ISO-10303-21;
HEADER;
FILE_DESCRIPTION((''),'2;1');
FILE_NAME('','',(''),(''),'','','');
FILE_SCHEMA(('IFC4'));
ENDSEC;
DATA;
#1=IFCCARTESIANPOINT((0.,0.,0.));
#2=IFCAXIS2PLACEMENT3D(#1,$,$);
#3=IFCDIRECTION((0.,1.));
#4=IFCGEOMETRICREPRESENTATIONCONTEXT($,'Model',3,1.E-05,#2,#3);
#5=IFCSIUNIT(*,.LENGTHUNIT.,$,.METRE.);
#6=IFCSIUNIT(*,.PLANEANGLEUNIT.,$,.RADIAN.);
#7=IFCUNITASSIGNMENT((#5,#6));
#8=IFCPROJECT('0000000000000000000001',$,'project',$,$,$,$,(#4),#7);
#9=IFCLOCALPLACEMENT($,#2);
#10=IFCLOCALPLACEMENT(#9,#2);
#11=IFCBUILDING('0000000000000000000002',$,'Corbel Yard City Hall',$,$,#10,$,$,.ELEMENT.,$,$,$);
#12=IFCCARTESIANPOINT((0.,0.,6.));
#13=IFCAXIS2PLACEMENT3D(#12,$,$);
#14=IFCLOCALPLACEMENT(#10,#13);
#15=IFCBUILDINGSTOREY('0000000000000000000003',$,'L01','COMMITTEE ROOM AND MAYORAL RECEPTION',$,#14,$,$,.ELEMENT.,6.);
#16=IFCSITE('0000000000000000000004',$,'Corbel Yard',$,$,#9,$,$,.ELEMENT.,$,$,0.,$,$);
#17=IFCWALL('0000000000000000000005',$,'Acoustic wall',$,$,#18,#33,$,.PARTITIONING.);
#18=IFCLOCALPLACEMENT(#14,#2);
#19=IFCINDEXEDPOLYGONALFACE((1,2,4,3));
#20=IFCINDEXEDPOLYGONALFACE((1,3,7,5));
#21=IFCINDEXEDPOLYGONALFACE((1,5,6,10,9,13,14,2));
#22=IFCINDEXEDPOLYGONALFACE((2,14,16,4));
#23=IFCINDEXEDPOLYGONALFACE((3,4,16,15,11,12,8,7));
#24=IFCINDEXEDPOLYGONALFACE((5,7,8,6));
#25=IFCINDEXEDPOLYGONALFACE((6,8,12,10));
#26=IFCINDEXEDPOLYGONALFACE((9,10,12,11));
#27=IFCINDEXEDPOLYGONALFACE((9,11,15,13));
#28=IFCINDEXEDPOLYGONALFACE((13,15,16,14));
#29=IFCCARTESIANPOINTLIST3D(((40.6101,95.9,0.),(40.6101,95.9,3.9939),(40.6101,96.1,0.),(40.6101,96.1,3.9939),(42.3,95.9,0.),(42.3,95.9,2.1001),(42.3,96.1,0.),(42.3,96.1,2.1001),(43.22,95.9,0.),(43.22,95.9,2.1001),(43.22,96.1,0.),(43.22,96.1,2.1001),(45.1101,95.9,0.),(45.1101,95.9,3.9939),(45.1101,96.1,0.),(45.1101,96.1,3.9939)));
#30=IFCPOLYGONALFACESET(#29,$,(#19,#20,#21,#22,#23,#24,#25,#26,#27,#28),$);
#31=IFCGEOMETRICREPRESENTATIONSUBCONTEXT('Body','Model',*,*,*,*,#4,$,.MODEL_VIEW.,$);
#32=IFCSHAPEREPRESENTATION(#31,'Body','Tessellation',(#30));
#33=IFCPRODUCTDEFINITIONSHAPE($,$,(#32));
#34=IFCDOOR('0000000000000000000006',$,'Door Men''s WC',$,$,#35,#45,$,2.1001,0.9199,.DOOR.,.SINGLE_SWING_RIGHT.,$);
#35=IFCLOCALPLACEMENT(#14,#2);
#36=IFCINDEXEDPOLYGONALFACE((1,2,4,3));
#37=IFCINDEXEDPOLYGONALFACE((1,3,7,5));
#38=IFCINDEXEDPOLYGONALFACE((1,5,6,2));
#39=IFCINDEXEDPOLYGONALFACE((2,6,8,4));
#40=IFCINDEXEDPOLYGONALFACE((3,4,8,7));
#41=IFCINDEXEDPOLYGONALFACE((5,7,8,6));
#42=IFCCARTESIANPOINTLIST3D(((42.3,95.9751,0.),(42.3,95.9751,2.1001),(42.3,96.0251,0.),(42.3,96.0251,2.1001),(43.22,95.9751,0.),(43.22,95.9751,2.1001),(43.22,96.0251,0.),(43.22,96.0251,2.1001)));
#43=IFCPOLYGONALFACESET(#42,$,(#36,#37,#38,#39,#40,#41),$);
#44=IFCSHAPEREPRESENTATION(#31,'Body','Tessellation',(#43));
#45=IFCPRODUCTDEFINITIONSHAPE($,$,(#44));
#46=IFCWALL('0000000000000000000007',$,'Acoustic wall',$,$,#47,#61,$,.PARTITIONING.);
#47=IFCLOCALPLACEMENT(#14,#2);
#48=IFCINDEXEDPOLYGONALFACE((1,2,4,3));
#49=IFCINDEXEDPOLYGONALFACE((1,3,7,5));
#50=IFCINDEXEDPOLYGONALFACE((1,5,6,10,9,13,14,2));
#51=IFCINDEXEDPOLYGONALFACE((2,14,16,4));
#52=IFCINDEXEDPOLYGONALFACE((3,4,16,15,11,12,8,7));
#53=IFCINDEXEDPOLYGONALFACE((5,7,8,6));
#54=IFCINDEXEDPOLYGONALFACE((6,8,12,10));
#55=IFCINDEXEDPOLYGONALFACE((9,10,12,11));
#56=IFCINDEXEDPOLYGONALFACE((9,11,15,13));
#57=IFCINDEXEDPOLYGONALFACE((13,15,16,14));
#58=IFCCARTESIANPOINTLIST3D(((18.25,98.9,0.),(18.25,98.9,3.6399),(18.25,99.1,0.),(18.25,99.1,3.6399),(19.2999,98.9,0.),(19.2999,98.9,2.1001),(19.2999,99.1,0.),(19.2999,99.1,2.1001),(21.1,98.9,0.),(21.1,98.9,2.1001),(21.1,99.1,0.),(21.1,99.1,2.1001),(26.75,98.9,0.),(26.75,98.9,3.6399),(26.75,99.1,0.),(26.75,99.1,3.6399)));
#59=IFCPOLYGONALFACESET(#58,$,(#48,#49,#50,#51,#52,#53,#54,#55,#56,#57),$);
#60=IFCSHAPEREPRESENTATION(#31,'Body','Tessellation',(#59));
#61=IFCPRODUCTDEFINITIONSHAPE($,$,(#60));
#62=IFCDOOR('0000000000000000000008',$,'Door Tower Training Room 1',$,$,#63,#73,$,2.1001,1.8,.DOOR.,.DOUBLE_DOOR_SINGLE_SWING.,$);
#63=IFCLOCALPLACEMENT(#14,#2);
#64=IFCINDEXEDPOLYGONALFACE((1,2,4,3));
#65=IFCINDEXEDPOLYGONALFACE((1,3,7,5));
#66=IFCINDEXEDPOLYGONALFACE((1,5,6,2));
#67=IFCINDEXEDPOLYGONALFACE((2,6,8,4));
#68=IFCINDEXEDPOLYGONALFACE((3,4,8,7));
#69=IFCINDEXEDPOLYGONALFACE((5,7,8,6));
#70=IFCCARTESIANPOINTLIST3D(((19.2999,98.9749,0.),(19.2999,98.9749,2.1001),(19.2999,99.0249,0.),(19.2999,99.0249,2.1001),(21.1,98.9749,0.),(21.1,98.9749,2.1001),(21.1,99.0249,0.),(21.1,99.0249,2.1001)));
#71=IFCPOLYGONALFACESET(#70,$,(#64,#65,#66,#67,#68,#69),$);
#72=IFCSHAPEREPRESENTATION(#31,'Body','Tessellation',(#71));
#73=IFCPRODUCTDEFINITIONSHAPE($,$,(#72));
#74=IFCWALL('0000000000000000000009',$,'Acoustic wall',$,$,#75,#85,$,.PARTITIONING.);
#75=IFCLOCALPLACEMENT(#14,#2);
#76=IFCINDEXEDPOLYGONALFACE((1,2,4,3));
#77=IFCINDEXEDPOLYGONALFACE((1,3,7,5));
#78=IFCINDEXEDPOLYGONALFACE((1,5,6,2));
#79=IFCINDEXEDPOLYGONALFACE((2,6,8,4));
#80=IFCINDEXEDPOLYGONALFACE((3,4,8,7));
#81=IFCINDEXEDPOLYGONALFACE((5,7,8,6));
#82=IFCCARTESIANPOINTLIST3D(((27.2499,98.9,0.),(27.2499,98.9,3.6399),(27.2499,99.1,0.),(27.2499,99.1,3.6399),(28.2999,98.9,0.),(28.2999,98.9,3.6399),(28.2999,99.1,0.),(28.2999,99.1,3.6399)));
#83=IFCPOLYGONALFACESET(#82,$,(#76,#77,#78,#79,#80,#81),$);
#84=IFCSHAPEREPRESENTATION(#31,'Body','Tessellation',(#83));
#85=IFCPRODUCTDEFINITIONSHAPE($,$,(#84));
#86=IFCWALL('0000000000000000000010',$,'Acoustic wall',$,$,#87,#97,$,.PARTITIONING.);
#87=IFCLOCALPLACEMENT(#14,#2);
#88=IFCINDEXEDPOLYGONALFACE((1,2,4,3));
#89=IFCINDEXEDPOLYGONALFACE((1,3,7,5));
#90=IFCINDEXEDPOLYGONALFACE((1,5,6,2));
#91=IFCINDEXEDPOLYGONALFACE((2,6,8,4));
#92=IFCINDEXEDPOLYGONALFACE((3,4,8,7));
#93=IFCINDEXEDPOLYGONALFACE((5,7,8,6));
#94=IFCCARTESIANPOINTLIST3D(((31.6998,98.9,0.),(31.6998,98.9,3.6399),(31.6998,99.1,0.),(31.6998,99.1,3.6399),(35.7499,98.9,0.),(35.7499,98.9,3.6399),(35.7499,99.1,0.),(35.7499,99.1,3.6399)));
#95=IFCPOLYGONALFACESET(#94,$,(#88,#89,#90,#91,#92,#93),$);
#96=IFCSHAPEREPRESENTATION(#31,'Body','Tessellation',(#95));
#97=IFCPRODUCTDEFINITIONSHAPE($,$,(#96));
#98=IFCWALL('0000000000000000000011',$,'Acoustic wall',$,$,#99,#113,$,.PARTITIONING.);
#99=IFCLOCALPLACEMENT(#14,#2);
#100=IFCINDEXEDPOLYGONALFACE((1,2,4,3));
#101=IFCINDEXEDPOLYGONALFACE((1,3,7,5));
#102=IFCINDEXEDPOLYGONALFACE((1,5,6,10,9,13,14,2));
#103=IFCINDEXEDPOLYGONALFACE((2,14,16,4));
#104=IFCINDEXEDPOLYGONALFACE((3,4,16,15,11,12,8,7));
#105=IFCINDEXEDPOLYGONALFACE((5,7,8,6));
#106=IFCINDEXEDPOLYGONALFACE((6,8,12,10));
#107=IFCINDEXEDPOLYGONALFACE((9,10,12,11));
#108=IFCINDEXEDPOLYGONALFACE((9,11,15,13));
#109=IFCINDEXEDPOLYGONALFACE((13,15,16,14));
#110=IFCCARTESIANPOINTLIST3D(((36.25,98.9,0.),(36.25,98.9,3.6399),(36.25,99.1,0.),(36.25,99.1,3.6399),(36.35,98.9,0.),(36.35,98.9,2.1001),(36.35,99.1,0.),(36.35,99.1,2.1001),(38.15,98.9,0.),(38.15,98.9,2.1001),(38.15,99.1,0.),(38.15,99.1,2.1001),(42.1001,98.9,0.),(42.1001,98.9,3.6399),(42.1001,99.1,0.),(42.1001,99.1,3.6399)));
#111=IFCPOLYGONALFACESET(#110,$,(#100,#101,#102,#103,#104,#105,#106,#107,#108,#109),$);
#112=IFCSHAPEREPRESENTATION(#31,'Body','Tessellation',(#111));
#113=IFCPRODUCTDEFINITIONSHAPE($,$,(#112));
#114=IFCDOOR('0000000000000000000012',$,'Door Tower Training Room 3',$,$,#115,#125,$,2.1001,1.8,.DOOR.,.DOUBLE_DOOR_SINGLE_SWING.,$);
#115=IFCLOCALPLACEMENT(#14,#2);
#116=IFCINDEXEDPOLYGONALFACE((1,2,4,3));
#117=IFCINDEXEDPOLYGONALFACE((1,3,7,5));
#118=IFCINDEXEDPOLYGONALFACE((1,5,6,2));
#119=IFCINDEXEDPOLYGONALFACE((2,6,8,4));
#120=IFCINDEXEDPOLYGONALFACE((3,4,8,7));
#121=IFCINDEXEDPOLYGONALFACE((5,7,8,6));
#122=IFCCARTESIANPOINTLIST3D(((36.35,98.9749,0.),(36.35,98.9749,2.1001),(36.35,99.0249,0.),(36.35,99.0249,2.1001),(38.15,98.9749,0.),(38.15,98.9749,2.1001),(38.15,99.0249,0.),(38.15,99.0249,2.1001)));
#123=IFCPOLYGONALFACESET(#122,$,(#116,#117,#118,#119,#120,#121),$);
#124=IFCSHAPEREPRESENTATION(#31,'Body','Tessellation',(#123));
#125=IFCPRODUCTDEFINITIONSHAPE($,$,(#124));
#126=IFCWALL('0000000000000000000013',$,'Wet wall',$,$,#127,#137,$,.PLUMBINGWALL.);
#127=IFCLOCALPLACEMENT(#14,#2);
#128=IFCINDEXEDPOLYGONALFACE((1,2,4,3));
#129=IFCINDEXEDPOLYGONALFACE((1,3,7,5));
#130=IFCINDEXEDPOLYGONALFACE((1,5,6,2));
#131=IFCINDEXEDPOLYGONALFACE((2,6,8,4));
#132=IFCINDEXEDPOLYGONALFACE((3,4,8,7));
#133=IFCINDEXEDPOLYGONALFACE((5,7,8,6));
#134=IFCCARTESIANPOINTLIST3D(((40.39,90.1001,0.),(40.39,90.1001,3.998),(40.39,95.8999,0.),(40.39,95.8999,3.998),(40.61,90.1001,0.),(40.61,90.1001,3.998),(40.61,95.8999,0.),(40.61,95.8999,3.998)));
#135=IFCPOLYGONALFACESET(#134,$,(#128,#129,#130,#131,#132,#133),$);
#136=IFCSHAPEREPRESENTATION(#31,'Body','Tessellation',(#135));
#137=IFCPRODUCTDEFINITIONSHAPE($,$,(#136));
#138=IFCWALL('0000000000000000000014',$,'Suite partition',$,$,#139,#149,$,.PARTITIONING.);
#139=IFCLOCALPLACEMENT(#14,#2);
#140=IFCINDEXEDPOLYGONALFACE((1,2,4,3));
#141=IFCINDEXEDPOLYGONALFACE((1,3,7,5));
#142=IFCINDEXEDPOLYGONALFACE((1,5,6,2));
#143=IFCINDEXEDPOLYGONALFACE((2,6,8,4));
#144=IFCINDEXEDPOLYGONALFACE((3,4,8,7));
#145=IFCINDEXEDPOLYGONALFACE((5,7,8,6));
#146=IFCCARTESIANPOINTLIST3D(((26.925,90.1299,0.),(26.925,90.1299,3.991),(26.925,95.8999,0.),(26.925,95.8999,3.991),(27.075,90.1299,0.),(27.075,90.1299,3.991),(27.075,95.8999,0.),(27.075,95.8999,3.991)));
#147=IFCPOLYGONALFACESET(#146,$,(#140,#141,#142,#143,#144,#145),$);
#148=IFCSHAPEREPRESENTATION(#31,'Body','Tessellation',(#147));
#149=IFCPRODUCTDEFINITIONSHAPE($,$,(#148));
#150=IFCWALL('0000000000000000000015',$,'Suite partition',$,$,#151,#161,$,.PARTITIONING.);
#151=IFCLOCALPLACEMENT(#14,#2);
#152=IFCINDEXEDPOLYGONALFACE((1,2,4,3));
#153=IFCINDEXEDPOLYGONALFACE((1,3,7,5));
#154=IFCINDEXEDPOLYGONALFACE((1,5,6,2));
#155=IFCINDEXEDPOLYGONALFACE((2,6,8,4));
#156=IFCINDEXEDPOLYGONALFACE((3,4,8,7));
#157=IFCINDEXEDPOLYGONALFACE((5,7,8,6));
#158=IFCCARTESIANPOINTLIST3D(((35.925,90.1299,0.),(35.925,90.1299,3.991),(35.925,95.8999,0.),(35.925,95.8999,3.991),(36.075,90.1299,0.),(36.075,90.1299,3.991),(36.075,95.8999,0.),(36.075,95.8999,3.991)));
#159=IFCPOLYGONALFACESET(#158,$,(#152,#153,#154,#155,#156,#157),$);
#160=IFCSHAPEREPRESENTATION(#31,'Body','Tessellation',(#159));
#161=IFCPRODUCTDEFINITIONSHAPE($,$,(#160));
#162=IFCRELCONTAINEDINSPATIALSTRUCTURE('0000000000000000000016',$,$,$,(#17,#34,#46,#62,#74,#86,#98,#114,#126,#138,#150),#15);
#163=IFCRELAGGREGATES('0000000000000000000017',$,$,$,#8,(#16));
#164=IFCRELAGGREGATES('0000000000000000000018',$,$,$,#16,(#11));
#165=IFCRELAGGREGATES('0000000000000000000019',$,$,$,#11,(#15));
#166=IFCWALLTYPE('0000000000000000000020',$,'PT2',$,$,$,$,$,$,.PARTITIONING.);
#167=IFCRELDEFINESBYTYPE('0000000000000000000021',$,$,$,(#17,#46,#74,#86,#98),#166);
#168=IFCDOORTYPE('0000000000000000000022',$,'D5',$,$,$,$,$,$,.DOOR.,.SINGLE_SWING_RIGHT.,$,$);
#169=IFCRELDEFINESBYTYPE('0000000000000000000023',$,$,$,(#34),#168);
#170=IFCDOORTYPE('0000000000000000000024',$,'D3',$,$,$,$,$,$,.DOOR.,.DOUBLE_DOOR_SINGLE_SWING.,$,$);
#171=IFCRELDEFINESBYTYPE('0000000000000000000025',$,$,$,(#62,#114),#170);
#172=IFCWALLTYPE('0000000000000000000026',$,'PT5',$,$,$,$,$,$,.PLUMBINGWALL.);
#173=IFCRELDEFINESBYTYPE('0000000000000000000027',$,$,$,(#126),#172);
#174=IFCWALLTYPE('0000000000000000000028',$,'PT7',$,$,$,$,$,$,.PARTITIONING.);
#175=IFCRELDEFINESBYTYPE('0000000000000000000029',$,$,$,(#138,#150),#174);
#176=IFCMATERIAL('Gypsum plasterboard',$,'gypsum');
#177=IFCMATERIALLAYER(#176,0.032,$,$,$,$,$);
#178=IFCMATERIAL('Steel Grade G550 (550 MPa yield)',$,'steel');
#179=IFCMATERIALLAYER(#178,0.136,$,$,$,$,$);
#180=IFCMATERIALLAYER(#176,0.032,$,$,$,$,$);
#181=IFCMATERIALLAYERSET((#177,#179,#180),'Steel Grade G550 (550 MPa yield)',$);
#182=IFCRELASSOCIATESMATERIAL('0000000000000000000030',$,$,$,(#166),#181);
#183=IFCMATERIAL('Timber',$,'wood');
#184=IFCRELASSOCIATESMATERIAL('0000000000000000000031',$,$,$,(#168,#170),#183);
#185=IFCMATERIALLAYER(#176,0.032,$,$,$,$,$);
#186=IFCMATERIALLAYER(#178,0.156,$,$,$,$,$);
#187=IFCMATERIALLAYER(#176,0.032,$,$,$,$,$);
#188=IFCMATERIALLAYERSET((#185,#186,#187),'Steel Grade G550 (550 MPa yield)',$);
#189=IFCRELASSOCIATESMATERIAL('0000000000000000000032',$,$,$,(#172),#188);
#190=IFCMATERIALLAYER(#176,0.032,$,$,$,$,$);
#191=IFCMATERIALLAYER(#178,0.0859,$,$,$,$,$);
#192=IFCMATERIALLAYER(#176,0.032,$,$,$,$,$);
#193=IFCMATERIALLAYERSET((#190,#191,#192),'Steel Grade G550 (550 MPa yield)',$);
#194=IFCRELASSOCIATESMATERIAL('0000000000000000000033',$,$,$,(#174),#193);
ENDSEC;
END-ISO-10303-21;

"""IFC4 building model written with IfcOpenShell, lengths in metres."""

from ifc_helpers import new_model, si_unit, direction, frame, frame_2d, origin, place, context, subcontext, project, spatial, rectangle, extrude, material, layer, layer_set, type_object, element, fill, save


model = new_model("IFC4")

# Units and contexts
model_context = context("Model", 3, precision=1e-05, world=origin(), true_north=direction((0.0, 1.0)))
body_context = subcontext(model_context, "Body", "Model", "MODEL_VIEW")
ifc_project = project(units=[si_unit("LENGTHUNIT", "METRE"), si_unit("PLANEANGLEUNIT", "RADIAN")], contexts=[model_context])

# Site, building, storey
site_placement = place(None, origin())
site = spatial("IfcSite", under=ifc_project, at=site_placement, Name="Corbel Yard", CompositionType="ELEMENT", RefElevation=0.0)
building_placement = place(site_placement, origin())
building = spatial("IfcBuilding", under=site, at=building_placement, Name="Corbel Yard City Hall", CompositionType="ELEMENT")
storey_placement = place(building_placement, frame((0.0, 0.0, 6.0)))
storey = spatial("IfcBuildingStorey", under=building, at=storey_placement, Name="L01", Description="COMMITTEE ROOM AND MAYORAL RECEPTION", CompositionType="ELEMENT", Elevation=6.0)

# Walls, openings, doors
ifc_material_1 = material(Name="Gypsum plasterboard", Category="gypsum")
ifc_layer_1 = layer(ifc_material_1, 0.032)
ifc_material_2 = material(Name="Steel Grade G550 (550 MPa yield)", Category="steel")
ifc_layer_2 = layer(ifc_material_2, 0.136)
ifc_layer_3 = layer(ifc_material_1, 0.032)
ifc_layer_set_1 = layer_set([ifc_layer_1, ifc_layer_2, ifc_layer_3], Name="Steel Grade G550 (550 MPa yield)")
wall_type_1 = type_object("IfcWallType", Name="PT2", PredefinedType="PARTITIONING", material=ifc_layer_set_1)
wall_1_placement = place(storey_placement, frame((40.6101, 96.0, 0.0), z_axis=(0.0, 0.0, 1.0), x_axis=(1.0, 0.0, 0.0)))
wall_1 = element("IfcWall", 1, at=wall_1_placement, inside=storey, type_object=wall_type_1, Name="Acoustic wall", PredefinedType="PARTITIONING", context=body_context, shape_type="SweptSolid", body=[
    extrude(rectangle(XDim=4.5, YDim=0.2, at=frame_2d((2.25, 0.0))), origin(), (0.0, 0.0, 1.0), 3.9939),
])
opening_1_placement = place(wall_1_placement, frame((1.6899, 0.0, 0.0)))
opening_1 = element("IfcOpeningElement", 2, at=opening_1_placement, cuts=wall_1, PredefinedType="OPENING", context=body_context, shape_type="SweptSolid", body=[
    extrude(rectangle(XDim=0.9199, YDim=2.1001, at=frame_2d((0.46, 1.05))), frame((0.0, 0.1099, 0.0), z_axis=(0.0, -1.0, 0.0), x_axis=(1.0, 0.0, 0.0)), (0.0, 0.0, 1.0), 0.22),
])
ifc_material_3 = material(Name="Timber", Category="wood")
door_type_1 = type_object("IfcDoorType", Name="D5", OperationType="SINGLE_SWING_RIGHT", PredefinedType="DOOR", material=ifc_material_3)
door_1_placement = place(opening_1_placement, frame((0.9199, 0.0, 0.0), z_axis=(0.0, 0.0, 1.0), x_axis=(-1.0, 0.0, 0.0)))
door_1 = element("IfcDoor", 3, at=door_1_placement, inside=storey, type_object=door_type_1, Name="Door Men's WC", OperationType="SINGLE_SWING_RIGHT", OverallHeight=2.1001, OverallWidth=0.9199, PredefinedType="DOOR", context=body_context, shape_type="SweptSolid", body=[
    extrude(rectangle(XDim=0.9199, YDim=2.1001, at=frame_2d((0.46, 1.05))), frame((0.0, 0.0249, 0.0), z_axis=(0.0, -1.0, 0.0), x_axis=(1.0, 0.0, 0.0)), (0.0, 0.0, 1.0), 0.05),
])
fill(opening_1, door_1)
wall_2_placement = place(storey_placement, frame((18.25, 99.0, 0.0), z_axis=(0.0, 0.0, 1.0), x_axis=(1.0, 0.0, 0.0)))
wall_2 = element("IfcWall", 4, at=wall_2_placement, inside=storey, type_object=wall_type_1, Name="Acoustic wall", PredefinedType="PARTITIONING", context=body_context, shape_type="SweptSolid", body=[
    extrude(rectangle(XDim=8.5, YDim=0.2, at=frame_2d((4.25, 0.0))), origin(), (0.0, 0.0, 1.0), 3.6399),
])
opening_2_placement = place(wall_2_placement, frame((1.05, 0.0, 0.0)))
opening_2 = element("IfcOpeningElement", 5, at=opening_2_placement, cuts=wall_2, PredefinedType="OPENING", context=body_context, shape_type="SweptSolid", body=[
    extrude(rectangle(XDim=1.8, YDim=2.1001, at=frame_2d((0.8999, 1.05))), frame((0.0, 0.1099, 0.0), z_axis=(0.0, -1.0, 0.0), x_axis=(1.0, 0.0, 0.0)), (0.0, 0.0, 1.0), 0.22),
])
door_type_2 = type_object("IfcDoorType", Name="D3", OperationType="DOUBLE_DOOR_SINGLE_SWING", PredefinedType="DOOR", material=ifc_material_3)
door_2_placement = place(opening_2_placement, origin())
door_2 = element("IfcDoor", 6, at=door_2_placement, inside=storey, type_object=door_type_2, Name="Door Tower Training Room 1", OperationType="DOUBLE_DOOR_SINGLE_SWING", OverallHeight=2.1001, OverallWidth=1.8, PredefinedType="DOOR", context=body_context, shape_type="SweptSolid", body=[
    extrude(rectangle(XDim=1.8, YDim=2.1001, at=frame_2d((0.8999, 1.05))), frame((0.0, 0.0249, 0.0), z_axis=(0.0, -1.0, 0.0), x_axis=(1.0, 0.0, 0.0)), (0.0, 0.0, 1.0), 0.05),
])
fill(opening_2, door_2)

# Walls
wall_3_placement = place(storey_placement, frame((27.25, 99.0, 0.0), z_axis=(0.0, 0.0, 1.0), x_axis=(1.0, 0.0, 0.0)))
element("IfcWall", 7, at=wall_3_placement, inside=storey, type_object=wall_type_1, Name="Acoustic wall", PredefinedType="PARTITIONING", context=body_context, shape_type="SweptSolid", body=[
    extrude(rectangle(XDim=1.05, YDim=0.2, at=frame_2d((0.5249, 0.0))), origin(), (0.0, 0.0, 1.0), 3.6399),
])
wall_4_placement = place(storey_placement, frame((31.7, 99.0, 0.0), z_axis=(0.0, 0.0, 1.0), x_axis=(1.0, 0.0, 0.0)))
element("IfcWall", 8, at=wall_4_placement, inside=storey, type_object=wall_type_1, Name="Acoustic wall", PredefinedType="PARTITIONING", context=body_context, shape_type="SweptSolid", body=[
    extrude(rectangle(XDim=4.05, YDim=0.2, at=frame_2d((2.0249, 0.0))), origin(), (0.0, 0.0, 1.0), 3.6399),
])

# Wall, opening, door
wall_5_placement = place(storey_placement, frame((36.25, 99.0, 0.0), z_axis=(0.0, 0.0, 1.0), x_axis=(1.0, 0.0, 0.0)))
wall_5 = element("IfcWall", 9, at=wall_5_placement, inside=storey, type_object=wall_type_1, Name="Acoustic wall", PredefinedType="PARTITIONING", context=body_context, shape_type="SweptSolid", body=[
    extrude(rectangle(XDim=5.8501, YDim=0.2, at=frame_2d((2.925, 0.0))), origin(), (0.0, 0.0, 1.0), 3.6399),
])
opening_3_placement = place(wall_5_placement, frame((0.1001, 0.0, 0.0)))
opening_3 = element("IfcOpeningElement", 10, at=opening_3_placement, cuts=wall_5, PredefinedType="OPENING", context=body_context, shape_type="SweptSolid", body=[
    extrude(rectangle(XDim=1.8, YDim=2.1001, at=frame_2d((0.8999, 1.05))), frame((0.0, 0.1099, 0.0), z_axis=(0.0, -1.0, 0.0), x_axis=(1.0, 0.0, 0.0)), (0.0, 0.0, 1.0), 0.22),
])
door_3_placement = place(opening_3_placement, origin())
door_3 = element("IfcDoor", 11, at=door_3_placement, inside=storey, type_object=door_type_2, Name="Door Tower Training Room 3", OperationType="DOUBLE_DOOR_SINGLE_SWING", OverallHeight=2.1001, OverallWidth=1.8, PredefinedType="DOOR", context=body_context, shape_type="SweptSolid", body=[
    extrude(rectangle(XDim=1.8, YDim=2.1001, at=frame_2d((0.8999, 1.05))), frame((0.0, 0.0249, 0.0), z_axis=(0.0, -1.0, 0.0), x_axis=(1.0, 0.0, 0.0)), (0.0, 0.0, 1.0), 0.05),
])
fill(opening_3, door_3)

# Walls
ifc_layer_4 = layer(ifc_material_1, 0.032)
ifc_layer_5 = layer(ifc_material_2, 0.156)
ifc_layer_6 = layer(ifc_material_1, 0.032)
ifc_layer_set_2 = layer_set([ifc_layer_4, ifc_layer_5, ifc_layer_6], Name="Steel Grade G550 (550 MPa yield)")
wall_type_2 = type_object("IfcWallType", Name="PT5", PredefinedType="PLUMBINGWALL", material=ifc_layer_set_2)
wall_6_placement = place(storey_placement, frame((40.5, 90.1001, 0.0), z_axis=(0.0, 0.0, 1.0), x_axis=(0.0, 1.0, 0.0)))
element("IfcWall", 12, at=wall_6_placement, inside=storey, type_object=wall_type_2, Name="Wet wall", PredefinedType="PLUMBINGWALL", context=body_context, shape_type="SweptSolid", body=[
    extrude(rectangle(XDim=5.7998, YDim=0.22, at=frame_2d((2.8999, 0.0))), origin(), (0.0, 0.0, 1.0), 3.998),
])
ifc_layer_7 = layer(ifc_material_1, 0.032)
ifc_layer_8 = layer(ifc_material_2, 0.0859)
ifc_layer_9 = layer(ifc_material_1, 0.032)
ifc_layer_set_3 = layer_set([ifc_layer_7, ifc_layer_8, ifc_layer_9], Name="Steel Grade G550 (550 MPa yield)")
wall_type_3 = type_object("IfcWallType", Name="PT7", PredefinedType="PARTITIONING", material=ifc_layer_set_3)
for number, where, z_axis, x_axis, name in (
    (13, (27.0, 90.1299, 0.0), (0.0, 0.0, 1.0), (0.0, 1.0, 0.0), "Suite partition"),
    (14, (36.0, 90.1299, 0.0), (0.0, 0.0, 1.0), (0.0, 1.0, 0.0), "Suite partition"),
):
    element("IfcWall", number, at=place(storey_placement, frame(where, z_axis=z_axis, x_axis=x_axis)), inside=storey, type_object=wall_type_3, Name=name, PredefinedType="PARTITIONING", context=body_context, shape_type="SweptSolid", body=[
        extrude(rectangle(XDim=5.77, YDim=0.1499, at=frame_2d((2.885, 0.0))), origin(), (0.0, 0.0, 1.0), 3.991),
    ])

save(model, "model.ifc")
